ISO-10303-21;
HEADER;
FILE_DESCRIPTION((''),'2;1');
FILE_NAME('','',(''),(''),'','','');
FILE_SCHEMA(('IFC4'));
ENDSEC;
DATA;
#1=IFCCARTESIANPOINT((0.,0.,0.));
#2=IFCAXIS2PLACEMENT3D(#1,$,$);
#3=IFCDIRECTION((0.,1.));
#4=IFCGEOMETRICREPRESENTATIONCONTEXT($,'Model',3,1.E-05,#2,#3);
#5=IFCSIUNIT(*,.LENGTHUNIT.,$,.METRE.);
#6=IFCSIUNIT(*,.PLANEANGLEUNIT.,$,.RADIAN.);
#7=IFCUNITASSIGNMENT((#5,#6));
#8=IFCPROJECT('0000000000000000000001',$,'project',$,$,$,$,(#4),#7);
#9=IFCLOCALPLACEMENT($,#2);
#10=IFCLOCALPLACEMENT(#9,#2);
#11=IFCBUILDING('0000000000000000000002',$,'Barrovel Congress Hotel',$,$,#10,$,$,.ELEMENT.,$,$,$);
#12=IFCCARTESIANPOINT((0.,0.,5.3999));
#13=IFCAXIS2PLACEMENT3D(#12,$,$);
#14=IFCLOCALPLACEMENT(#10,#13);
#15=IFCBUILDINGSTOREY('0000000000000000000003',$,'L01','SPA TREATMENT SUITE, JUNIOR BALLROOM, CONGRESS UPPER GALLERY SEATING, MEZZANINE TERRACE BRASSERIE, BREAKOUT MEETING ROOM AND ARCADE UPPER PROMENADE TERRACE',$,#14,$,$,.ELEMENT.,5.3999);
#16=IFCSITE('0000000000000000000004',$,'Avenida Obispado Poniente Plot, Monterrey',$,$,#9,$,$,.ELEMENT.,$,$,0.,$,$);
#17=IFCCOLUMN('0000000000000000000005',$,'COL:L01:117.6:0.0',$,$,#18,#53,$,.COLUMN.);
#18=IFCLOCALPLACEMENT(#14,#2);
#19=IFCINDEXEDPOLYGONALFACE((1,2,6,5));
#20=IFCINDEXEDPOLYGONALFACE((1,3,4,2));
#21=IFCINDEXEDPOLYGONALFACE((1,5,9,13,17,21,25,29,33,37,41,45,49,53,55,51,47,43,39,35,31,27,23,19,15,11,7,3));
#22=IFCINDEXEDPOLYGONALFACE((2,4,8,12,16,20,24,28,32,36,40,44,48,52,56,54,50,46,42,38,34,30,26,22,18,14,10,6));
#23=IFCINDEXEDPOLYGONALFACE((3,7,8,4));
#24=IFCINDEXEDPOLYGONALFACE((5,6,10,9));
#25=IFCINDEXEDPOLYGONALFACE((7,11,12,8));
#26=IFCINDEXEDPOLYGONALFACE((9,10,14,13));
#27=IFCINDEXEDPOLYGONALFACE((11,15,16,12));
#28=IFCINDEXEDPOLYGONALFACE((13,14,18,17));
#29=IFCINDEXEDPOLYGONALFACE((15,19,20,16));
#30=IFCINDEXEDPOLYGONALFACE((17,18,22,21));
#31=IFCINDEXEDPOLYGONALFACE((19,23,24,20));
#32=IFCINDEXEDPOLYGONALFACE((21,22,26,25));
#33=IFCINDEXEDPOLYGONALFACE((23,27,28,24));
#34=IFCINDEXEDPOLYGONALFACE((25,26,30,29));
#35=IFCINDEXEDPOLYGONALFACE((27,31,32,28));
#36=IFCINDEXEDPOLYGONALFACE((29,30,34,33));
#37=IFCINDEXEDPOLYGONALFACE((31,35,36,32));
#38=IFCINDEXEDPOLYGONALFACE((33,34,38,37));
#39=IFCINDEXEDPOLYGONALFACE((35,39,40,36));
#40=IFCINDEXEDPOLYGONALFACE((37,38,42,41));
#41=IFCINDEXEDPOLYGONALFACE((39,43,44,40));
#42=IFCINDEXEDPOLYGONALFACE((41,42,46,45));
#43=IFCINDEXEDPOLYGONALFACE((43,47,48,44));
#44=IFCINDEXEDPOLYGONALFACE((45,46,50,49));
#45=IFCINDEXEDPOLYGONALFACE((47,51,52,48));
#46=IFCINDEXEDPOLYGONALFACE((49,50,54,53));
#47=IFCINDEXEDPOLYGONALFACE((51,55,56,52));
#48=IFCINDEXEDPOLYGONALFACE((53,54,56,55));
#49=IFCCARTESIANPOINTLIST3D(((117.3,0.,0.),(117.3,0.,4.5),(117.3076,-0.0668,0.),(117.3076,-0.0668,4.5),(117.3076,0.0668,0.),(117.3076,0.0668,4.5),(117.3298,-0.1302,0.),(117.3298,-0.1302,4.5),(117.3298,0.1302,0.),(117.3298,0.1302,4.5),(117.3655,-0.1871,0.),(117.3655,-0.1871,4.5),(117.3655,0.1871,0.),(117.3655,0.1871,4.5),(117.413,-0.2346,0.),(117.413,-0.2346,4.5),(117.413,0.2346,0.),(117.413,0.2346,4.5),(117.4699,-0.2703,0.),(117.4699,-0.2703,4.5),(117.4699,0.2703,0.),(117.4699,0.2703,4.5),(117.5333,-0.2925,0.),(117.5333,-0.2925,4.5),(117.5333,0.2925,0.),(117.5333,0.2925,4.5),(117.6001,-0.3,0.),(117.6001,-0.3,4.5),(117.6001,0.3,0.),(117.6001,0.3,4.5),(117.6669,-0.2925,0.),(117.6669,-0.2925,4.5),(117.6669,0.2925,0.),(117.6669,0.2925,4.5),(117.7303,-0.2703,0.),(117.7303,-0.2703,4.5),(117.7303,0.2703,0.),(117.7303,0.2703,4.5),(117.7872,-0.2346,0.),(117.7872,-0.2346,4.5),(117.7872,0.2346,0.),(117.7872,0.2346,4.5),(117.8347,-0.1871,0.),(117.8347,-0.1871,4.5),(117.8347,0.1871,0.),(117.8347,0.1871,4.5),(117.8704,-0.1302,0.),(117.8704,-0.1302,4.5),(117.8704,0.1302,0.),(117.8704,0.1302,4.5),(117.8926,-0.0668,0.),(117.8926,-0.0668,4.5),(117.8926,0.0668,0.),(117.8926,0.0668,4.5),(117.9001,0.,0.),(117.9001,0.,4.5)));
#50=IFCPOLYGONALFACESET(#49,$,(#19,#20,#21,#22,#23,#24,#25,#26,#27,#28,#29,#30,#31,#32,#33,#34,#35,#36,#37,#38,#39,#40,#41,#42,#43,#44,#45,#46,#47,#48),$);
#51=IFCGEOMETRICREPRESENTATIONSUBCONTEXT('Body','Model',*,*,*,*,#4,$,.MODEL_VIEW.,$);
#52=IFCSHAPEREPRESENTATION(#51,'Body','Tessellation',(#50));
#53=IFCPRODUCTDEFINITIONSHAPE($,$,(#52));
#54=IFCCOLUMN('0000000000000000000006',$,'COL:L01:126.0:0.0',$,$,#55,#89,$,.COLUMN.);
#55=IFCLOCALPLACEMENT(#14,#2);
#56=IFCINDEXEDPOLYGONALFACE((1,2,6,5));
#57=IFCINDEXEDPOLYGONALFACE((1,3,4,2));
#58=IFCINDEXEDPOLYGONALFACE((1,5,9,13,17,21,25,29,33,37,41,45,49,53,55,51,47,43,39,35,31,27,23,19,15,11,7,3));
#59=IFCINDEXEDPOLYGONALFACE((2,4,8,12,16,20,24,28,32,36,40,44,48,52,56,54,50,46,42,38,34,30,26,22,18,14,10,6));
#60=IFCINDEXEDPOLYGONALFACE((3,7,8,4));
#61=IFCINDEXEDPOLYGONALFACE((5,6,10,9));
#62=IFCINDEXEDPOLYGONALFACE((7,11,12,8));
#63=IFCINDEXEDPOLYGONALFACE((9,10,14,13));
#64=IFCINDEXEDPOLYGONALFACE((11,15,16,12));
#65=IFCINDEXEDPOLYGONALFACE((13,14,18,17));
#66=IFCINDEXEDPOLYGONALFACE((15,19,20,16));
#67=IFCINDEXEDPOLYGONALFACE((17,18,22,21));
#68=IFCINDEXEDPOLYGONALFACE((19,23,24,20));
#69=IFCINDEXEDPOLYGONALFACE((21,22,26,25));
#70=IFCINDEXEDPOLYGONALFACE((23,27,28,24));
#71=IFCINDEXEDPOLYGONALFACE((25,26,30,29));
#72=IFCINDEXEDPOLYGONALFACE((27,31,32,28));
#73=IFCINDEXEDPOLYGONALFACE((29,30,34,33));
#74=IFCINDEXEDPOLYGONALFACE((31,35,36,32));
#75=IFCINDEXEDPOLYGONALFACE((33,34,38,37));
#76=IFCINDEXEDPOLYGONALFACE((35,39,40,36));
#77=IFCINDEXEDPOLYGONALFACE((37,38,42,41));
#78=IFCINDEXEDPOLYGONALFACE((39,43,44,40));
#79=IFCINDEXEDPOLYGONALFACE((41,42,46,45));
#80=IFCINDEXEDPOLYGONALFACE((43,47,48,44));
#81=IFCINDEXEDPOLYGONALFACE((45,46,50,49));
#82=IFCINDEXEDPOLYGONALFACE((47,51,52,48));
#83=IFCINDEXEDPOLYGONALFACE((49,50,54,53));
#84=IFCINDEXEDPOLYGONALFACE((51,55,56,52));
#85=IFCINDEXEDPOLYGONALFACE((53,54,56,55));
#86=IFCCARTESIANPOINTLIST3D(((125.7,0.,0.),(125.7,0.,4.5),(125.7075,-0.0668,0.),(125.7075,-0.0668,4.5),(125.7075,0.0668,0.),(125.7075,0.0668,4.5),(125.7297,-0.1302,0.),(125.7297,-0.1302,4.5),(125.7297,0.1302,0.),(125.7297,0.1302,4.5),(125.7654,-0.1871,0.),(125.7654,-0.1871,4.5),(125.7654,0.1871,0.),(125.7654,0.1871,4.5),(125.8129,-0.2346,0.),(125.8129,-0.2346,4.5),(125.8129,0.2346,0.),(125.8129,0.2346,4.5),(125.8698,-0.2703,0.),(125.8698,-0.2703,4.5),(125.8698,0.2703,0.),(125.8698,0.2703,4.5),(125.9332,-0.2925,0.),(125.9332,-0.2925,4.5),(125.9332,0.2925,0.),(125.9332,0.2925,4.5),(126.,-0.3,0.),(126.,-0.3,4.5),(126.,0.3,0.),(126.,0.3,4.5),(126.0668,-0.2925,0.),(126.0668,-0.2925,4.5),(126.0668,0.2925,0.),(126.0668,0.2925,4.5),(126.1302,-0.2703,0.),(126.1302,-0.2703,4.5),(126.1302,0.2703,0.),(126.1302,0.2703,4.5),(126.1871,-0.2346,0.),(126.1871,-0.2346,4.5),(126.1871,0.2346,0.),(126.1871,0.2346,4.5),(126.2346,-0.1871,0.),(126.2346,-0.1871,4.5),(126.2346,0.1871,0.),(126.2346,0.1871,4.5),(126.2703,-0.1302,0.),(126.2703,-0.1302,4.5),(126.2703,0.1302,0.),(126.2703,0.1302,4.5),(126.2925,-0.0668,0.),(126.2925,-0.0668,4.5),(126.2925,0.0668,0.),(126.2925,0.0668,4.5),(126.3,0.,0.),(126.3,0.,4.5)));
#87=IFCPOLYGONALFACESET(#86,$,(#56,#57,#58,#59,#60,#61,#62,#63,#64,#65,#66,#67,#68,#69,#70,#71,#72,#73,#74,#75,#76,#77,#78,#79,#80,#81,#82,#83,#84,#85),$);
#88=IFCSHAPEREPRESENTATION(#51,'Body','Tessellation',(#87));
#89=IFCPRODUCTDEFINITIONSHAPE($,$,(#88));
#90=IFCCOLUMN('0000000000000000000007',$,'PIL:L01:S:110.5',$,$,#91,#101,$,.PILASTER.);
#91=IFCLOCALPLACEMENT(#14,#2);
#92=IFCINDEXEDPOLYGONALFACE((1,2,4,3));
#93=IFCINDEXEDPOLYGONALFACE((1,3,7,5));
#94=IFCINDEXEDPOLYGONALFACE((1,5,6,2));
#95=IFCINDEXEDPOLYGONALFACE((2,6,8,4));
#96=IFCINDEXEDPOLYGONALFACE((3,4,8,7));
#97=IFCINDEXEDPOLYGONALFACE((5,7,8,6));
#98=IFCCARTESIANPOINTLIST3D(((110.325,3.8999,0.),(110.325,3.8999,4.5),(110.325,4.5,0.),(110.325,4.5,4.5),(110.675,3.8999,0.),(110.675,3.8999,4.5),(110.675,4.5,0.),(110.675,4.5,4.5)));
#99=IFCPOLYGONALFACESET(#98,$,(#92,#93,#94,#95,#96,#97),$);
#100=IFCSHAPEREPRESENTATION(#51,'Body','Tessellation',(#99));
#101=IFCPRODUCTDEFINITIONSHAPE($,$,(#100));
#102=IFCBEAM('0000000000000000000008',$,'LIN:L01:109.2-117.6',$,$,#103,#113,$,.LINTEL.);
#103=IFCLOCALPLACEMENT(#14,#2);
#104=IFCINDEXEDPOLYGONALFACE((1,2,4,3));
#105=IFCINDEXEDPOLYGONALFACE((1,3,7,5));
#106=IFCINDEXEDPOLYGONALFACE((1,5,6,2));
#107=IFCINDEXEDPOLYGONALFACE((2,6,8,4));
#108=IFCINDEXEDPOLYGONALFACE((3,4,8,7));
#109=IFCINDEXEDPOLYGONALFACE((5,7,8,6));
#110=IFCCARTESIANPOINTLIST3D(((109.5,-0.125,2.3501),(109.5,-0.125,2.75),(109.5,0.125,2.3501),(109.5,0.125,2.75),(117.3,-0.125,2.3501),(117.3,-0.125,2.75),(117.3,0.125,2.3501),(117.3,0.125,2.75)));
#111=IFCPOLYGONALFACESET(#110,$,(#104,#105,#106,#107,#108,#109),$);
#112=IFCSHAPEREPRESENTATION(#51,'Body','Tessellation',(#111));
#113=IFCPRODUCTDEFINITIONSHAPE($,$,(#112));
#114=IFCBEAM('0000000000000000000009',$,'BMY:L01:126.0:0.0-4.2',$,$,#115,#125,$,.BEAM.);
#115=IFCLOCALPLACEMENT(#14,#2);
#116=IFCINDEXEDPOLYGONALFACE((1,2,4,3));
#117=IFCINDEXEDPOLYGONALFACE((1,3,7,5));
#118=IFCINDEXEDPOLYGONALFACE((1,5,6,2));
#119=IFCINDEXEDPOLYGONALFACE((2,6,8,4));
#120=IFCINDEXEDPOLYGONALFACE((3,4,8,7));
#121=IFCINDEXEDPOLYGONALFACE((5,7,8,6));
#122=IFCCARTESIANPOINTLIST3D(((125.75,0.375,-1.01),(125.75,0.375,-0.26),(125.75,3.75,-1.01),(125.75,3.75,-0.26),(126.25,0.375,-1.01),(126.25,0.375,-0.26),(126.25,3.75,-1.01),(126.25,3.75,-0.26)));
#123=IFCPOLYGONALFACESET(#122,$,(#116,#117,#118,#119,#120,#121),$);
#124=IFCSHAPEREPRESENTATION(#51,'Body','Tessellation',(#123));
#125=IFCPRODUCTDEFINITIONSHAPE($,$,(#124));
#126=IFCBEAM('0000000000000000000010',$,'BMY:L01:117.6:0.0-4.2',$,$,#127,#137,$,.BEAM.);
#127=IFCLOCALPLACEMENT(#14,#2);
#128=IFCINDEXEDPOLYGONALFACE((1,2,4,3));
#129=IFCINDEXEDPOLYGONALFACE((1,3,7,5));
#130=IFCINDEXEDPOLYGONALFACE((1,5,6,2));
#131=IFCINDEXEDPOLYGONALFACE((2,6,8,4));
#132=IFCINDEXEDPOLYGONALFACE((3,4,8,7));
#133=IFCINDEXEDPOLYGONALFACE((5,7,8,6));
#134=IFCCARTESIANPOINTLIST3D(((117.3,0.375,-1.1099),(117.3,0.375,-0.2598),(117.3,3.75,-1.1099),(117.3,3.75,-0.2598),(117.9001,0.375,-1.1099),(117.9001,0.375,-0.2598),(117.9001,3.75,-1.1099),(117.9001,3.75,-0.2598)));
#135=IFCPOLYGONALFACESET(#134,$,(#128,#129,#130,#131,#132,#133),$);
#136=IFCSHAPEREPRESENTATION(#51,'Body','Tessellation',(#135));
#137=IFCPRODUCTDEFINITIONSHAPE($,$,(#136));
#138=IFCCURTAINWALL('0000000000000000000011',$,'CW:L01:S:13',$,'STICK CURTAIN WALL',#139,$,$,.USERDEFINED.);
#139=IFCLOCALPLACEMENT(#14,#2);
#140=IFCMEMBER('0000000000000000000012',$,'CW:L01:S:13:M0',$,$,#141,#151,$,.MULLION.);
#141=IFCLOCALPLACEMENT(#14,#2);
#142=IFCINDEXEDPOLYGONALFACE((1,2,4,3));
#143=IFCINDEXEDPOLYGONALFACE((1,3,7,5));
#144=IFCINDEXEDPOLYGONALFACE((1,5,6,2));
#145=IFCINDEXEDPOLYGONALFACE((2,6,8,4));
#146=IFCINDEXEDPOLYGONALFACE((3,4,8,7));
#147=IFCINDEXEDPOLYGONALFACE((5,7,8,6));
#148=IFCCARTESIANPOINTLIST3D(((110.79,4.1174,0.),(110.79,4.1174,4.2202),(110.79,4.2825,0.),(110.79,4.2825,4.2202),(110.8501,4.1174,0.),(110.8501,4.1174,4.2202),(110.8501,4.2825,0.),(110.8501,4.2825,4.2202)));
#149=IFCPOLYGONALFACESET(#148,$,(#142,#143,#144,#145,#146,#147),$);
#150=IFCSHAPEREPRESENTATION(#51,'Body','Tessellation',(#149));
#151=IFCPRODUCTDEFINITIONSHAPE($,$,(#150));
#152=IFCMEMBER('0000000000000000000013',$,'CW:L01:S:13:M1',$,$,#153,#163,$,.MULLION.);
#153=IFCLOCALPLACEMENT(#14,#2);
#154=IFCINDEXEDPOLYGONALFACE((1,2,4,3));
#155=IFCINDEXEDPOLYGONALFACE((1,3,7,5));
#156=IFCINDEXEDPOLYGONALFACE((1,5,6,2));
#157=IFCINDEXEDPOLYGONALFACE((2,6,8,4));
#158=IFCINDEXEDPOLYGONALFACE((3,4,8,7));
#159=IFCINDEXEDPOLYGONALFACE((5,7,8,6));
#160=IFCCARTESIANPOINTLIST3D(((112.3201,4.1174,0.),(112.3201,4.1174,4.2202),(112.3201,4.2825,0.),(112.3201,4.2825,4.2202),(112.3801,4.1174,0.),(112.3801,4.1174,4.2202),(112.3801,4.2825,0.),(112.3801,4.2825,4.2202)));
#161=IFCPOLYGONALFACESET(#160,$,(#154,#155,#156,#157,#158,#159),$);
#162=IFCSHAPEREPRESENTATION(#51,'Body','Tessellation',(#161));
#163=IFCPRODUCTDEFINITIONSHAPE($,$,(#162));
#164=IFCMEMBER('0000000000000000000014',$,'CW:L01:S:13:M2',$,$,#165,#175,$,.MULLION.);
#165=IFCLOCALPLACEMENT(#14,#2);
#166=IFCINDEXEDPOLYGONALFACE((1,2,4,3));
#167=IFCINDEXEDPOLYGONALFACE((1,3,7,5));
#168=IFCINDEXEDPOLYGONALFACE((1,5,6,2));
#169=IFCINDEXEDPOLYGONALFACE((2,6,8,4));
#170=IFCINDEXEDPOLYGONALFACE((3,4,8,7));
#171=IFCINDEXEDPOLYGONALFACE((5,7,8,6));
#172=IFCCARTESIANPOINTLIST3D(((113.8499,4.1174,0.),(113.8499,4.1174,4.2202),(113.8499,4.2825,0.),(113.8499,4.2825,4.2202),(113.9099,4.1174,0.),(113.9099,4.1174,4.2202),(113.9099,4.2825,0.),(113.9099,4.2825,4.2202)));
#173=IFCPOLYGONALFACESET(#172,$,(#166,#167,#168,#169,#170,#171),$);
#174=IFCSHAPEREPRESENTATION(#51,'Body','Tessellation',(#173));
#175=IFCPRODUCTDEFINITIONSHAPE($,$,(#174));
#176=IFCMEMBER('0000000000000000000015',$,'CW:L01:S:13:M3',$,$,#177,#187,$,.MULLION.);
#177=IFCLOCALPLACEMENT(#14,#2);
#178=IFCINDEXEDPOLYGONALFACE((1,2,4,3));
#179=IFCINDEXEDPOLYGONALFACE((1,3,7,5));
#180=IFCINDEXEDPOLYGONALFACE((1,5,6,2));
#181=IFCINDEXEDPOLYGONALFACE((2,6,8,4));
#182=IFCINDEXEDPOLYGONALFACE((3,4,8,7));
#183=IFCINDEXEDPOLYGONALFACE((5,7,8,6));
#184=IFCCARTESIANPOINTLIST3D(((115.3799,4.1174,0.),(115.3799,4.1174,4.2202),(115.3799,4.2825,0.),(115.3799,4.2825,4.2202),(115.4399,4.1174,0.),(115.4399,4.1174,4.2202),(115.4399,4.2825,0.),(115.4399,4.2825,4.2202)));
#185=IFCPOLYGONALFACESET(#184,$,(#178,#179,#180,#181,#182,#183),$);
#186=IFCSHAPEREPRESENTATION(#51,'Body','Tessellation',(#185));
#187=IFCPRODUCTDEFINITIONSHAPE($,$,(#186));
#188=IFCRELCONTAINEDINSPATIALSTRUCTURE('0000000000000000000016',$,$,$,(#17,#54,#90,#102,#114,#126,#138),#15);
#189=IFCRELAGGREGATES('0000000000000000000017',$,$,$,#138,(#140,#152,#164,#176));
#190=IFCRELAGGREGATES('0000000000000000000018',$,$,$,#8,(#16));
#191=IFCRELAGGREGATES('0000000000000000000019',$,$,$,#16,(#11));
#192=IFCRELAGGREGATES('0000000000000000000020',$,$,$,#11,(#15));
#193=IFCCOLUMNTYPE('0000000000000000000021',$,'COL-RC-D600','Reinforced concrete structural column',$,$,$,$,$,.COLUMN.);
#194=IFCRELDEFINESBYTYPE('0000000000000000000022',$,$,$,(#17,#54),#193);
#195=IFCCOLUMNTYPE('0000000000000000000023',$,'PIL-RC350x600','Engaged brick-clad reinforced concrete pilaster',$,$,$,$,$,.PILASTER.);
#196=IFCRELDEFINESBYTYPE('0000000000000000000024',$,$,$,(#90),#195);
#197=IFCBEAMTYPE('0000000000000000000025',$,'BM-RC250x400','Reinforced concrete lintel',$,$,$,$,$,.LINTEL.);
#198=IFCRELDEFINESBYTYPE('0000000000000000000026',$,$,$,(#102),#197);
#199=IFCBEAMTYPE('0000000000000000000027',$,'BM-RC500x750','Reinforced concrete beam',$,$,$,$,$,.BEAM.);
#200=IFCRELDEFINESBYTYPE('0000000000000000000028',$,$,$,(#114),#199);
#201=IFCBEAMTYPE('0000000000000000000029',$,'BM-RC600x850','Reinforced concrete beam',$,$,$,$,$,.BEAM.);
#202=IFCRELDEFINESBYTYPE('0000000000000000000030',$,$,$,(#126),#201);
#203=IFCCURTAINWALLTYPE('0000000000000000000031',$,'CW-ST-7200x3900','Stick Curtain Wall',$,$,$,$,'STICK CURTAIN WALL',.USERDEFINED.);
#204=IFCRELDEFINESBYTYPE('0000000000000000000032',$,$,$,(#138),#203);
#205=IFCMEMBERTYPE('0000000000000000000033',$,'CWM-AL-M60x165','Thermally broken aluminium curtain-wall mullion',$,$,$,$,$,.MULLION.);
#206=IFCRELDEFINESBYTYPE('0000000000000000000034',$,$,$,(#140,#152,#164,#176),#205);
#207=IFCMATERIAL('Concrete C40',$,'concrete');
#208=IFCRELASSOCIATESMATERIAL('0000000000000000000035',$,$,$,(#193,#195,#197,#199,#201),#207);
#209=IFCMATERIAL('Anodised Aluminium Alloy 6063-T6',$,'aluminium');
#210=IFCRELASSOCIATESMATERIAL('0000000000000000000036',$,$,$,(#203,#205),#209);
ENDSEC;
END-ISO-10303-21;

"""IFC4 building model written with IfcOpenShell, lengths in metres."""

from ifc_helpers import new_model, si_unit, direction, frame, origin, origin_2d, place, context, subcontext, project, spatial, rectangle, circle, extrude, material, material_profile, profile_set, type_object, element, aggregate, save


model = new_model("IFC4")

# Units and contexts
model_context = context("Model", 3, precision=1e-05, world=origin(), true_north=direction((0.0, 1.0)))
body_context = subcontext(model_context, "Body", "Model", "MODEL_VIEW")
ifc_project = project(units=[si_unit("LENGTHUNIT", "METRE"), si_unit("PLANEANGLEUNIT", "RADIAN")], contexts=[model_context])

# Site, building, storey
site_placement = place(None, origin())
site = spatial("IfcSite", under=ifc_project, at=site_placement, Name="Avenida Obispado Poniente Plot, Monterrey", CompositionType="ELEMENT", RefElevation=0.0)
building_placement = place(site_placement, origin())
building = spatial("IfcBuilding", under=site, at=building_placement, Name="Barrovel Congress Hotel", CompositionType="ELEMENT")
storey_placement = place(building_placement, frame((0.0, 0.0, 5.3999)))
storey = spatial("IfcBuildingStorey", under=building, at=storey_placement, Name="L01", Description="SPA TREATMENT SUITE, JUNIOR BALLROOM, CONGRESS UPPER GALLERY SEATING, MEZZANINE TERRACE BRASSERIE, BREAKOUT MEETING ROOM AND ARCADE UPPER PROMENADE TERRACE", CompositionType="ELEMENT", Elevation=5.3999)

# Columns
ifc_material_1 = material(Name="Concrete C40", Category="concrete")
ifc_material_profile_1 = material_profile(ifc_material_1, circle(Radius=0.3, at=origin_2d()), Name="RC-D600")
ifc_profile_set_1 = profile_set([ifc_material_profile_1], Name="Concrete C40")
column_type_1 = type_object("IfcColumnType", Name="COL-RC-D600", Description="Reinforced concrete structural column", PredefinedType="COLUMN", material=ifc_profile_set_1)
for number, where, z_axis, x_axis, name in (
    (1, (117.6001, 0.0, 0.0), (0.0, 0.0, 1.0), (1.0, 0.0, 0.0), "COL:L01:117.6:0.0"),
    (2, (126.0, 0.0, 0.0), (0.0, 0.0, 1.0), (1.0, 0.0, 0.0), "COL:L01:126.0:0.0"),
):
    element("IfcColumn", number, at=place(storey_placement, frame(where, z_axis=z_axis, x_axis=x_axis)), inside=storey, type_object=column_type_1, Name=name, PredefinedType="COLUMN", context=body_context, shape_type="SweptSolid", body=[
        extrude(circle(Radius=0.3, at=origin_2d()), origin(), (0.0, 0.0, 1.0), 4.5),
    ])
ifc_material_profile_2 = material_profile(ifc_material_1, rectangle(XDim=0.3501, YDim=0.6001, at=origin_2d()), Name="RC350x600")
ifc_profile_set_2 = profile_set([ifc_material_profile_2], Name="Concrete C40")
column_type_2 = type_object("IfcColumnType", Name="PIL-RC350x600", Description="Engaged brick-clad reinforced concrete pilaster", PredefinedType="PILASTER", material=ifc_profile_set_2)
column_placement = place(storey_placement, frame((110.5, 4.2, 0.0), z_axis=(0.0, 0.0, 1.0), x_axis=(1.0, 0.0, 0.0)))
element("IfcColumn", 3, at=column_placement, inside=storey, type_object=column_type_2, Name="PIL:L01:S:110.5", PredefinedType="PILASTER", context=body_context, shape_type="SweptSolid", body=[
    extrude(rectangle(XDim=0.3501, YDim=0.6001, at=origin_2d()), origin(), (0.0, 0.0, 1.0), 4.5),
])

# Beams
ifc_material_profile_3 = material_profile(ifc_material_1, rectangle(XDim=0.25, YDim=0.3999, at=origin_2d()), Name="RC250x400")
ifc_profile_set_3 = profile_set([ifc_material_profile_3], Name="Concrete C40")
beam_type_1 = type_object("IfcBeamType", Name="BM-RC250x400", Description="Reinforced concrete lintel", PredefinedType="LINTEL", material=ifc_profile_set_3)
beam_1_placement = place(storey_placement, frame((109.5, 0.0, 2.55), z_axis=(1.0, 0.0, 0.0), x_axis=(0.0, 1.0, 0.0)))
element("IfcBeam", 4, at=beam_1_placement, inside=storey, type_object=beam_type_1, Name="LIN:L01:109.2-117.6", PredefinedType="LINTEL", context=body_context, shape_type="SweptSolid", body=[
    extrude(rectangle(XDim=0.25, YDim=0.3999, at=origin_2d()), origin(), (0.0, 0.0, 1.0), 7.8),
])
ifc_material_profile_4 = material_profile(ifc_material_1, rectangle(XDim=0.5, YDim=0.75, at=origin_2d()), Name="RC500x750")
ifc_profile_set_4 = profile_set([ifc_material_profile_4], Name="Concrete C40")
beam_type_2 = type_object("IfcBeamType", Name="BM-RC500x750", Description="Reinforced concrete beam", PredefinedType="BEAM", material=ifc_profile_set_4)
beam_2_placement = place(storey_placement, frame((126.0, 0.375, -0.635), z_axis=(0.0, 1.0, 0.0), x_axis=(-1.0, 0.0, 0.0)))
element("IfcBeam", 5, at=beam_2_placement, inside=storey, type_object=beam_type_2, Name="BMY:L01:126.0:0.0-4.2", PredefinedType="BEAM", context=body_context, shape_type="SweptSolid", body=[
    extrude(rectangle(XDim=0.5, YDim=0.75, at=origin_2d()), origin(), (0.0, 0.0, 1.0), 3.375),
])
ifc_material_profile_5 = material_profile(ifc_material_1, rectangle(XDim=0.6001, YDim=0.8501, at=origin_2d()), Name="RC600x850")
ifc_profile_set_5 = profile_set([ifc_material_profile_5], Name="Concrete C40")
beam_type_3 = type_object("IfcBeamType", Name="BM-RC600x850", Description="Reinforced concrete beam", PredefinedType="BEAM", material=ifc_profile_set_5)
beam_3_placement = place(storey_placement, frame((117.6001, 0.375, -0.6848), z_axis=(0.0, 1.0, 0.0), x_axis=(-1.0, 0.0, 0.0)))
element("IfcBeam", 6, at=beam_3_placement, inside=storey, type_object=beam_type_3, Name="BMY:L01:117.6:0.0-4.2", PredefinedType="BEAM", context=body_context, shape_type="SweptSolid", body=[
    extrude(rectangle(XDim=0.6001, YDim=0.8501, at=origin_2d()), origin(), (0.0, 0.0, 1.0), 3.375),
])

# Curtain wall, members
ifc_material_2 = material(Name="Anodised Aluminium Alloy 6063-T6", Category="aluminium")
curtain_wall_type = type_object("IfcCurtainWallType", Name="CW-ST-7200x3900", Description="Stick Curtain Wall", ElementType="STICK CURTAIN WALL", PredefinedType="USERDEFINED", material=ifc_material_2)
curtain_wall_placement = place(storey_placement, origin())
curtain_wall = element("IfcCurtainWall", 7, at=curtain_wall_placement, inside=storey, type_object=curtain_wall_type, Name="CW:L01:S:13", ObjectType="STICK CURTAIN WALL", PredefinedType="USERDEFINED")
ifc_material_profile_6 = material_profile(ifc_material_2, rectangle(XDim=0.0601, YDim=0.165, at=origin_2d()), Name="AL-M60x165")
ifc_profile_set_6 = profile_set([ifc_material_profile_6], Name="Anodised Aluminium Alloy 6063-T6")
member_type_1 = type_object("IfcMemberType", Name="CWM-AL-M60x165", Description="Thermally broken aluminium curtain-wall mullion", PredefinedType="MULLION", material=ifc_profile_set_6)
member_1_placement = place(storey_placement, frame((110.8201, 4.2, 0.0), z_axis=(0.0, 0.0, 1.0), x_axis=(1.0, 0.0, 0.0)))
member_1 = element("IfcMember", 8, at=member_1_placement, type_object=member_type_1, Name="CW:L01:S:13:M0", PredefinedType="MULLION", context=body_context, shape_type="SweptSolid", body=[
    extrude(rectangle(XDim=0.0601, YDim=0.165, at=origin_2d()), origin(), (0.0, 0.0, 1.0), 4.2202),
])
member_2_placement = place(storey_placement, frame((112.3501, 4.2, 0.0), z_axis=(0.0, 0.0, 1.0), x_axis=(1.0, 0.0, 0.0)))
member_2 = element("IfcMember", 9, at=member_2_placement, type_object=member_type_1, Name="CW:L01:S:13:M1", PredefinedType="MULLION", context=body_context, shape_type="SweptSolid", body=[
    extrude(rectangle(XDim=0.0601, YDim=0.165, at=origin_2d()), origin(), (0.0, 0.0, 1.0), 4.2202),
])
member_3_placement = place(storey_placement, frame((113.8799, 4.2, 0.0), z_axis=(0.0, 0.0, 1.0), x_axis=(1.0, 0.0, 0.0)))
member_3 = element("IfcMember", 10, at=member_3_placement, type_object=member_type_1, Name="CW:L01:S:13:M2", PredefinedType="MULLION", context=body_context, shape_type="SweptSolid", body=[
    extrude(rectangle(XDim=0.0601, YDim=0.165, at=origin_2d()), origin(), (0.0, 0.0, 1.0), 4.2202),
])
member_4_placement = place(storey_placement, frame((115.4099, 4.2, 0.0), z_axis=(0.0, 0.0, 1.0), x_axis=(1.0, 0.0, 0.0)))
member_4 = element("IfcMember", 11, at=member_4_placement, type_object=member_type_1, Name="CW:L01:S:13:M3", PredefinedType="MULLION", context=body_context, shape_type="SweptSolid", body=[
    extrude(rectangle(XDim=0.0601, YDim=0.165, at=origin_2d()), origin(), (0.0, 0.0, 1.0), 4.2202),
])

aggregate(curtain_wall, [member_1, member_2, member_3, member_4])

save(model, "model.ifc")
